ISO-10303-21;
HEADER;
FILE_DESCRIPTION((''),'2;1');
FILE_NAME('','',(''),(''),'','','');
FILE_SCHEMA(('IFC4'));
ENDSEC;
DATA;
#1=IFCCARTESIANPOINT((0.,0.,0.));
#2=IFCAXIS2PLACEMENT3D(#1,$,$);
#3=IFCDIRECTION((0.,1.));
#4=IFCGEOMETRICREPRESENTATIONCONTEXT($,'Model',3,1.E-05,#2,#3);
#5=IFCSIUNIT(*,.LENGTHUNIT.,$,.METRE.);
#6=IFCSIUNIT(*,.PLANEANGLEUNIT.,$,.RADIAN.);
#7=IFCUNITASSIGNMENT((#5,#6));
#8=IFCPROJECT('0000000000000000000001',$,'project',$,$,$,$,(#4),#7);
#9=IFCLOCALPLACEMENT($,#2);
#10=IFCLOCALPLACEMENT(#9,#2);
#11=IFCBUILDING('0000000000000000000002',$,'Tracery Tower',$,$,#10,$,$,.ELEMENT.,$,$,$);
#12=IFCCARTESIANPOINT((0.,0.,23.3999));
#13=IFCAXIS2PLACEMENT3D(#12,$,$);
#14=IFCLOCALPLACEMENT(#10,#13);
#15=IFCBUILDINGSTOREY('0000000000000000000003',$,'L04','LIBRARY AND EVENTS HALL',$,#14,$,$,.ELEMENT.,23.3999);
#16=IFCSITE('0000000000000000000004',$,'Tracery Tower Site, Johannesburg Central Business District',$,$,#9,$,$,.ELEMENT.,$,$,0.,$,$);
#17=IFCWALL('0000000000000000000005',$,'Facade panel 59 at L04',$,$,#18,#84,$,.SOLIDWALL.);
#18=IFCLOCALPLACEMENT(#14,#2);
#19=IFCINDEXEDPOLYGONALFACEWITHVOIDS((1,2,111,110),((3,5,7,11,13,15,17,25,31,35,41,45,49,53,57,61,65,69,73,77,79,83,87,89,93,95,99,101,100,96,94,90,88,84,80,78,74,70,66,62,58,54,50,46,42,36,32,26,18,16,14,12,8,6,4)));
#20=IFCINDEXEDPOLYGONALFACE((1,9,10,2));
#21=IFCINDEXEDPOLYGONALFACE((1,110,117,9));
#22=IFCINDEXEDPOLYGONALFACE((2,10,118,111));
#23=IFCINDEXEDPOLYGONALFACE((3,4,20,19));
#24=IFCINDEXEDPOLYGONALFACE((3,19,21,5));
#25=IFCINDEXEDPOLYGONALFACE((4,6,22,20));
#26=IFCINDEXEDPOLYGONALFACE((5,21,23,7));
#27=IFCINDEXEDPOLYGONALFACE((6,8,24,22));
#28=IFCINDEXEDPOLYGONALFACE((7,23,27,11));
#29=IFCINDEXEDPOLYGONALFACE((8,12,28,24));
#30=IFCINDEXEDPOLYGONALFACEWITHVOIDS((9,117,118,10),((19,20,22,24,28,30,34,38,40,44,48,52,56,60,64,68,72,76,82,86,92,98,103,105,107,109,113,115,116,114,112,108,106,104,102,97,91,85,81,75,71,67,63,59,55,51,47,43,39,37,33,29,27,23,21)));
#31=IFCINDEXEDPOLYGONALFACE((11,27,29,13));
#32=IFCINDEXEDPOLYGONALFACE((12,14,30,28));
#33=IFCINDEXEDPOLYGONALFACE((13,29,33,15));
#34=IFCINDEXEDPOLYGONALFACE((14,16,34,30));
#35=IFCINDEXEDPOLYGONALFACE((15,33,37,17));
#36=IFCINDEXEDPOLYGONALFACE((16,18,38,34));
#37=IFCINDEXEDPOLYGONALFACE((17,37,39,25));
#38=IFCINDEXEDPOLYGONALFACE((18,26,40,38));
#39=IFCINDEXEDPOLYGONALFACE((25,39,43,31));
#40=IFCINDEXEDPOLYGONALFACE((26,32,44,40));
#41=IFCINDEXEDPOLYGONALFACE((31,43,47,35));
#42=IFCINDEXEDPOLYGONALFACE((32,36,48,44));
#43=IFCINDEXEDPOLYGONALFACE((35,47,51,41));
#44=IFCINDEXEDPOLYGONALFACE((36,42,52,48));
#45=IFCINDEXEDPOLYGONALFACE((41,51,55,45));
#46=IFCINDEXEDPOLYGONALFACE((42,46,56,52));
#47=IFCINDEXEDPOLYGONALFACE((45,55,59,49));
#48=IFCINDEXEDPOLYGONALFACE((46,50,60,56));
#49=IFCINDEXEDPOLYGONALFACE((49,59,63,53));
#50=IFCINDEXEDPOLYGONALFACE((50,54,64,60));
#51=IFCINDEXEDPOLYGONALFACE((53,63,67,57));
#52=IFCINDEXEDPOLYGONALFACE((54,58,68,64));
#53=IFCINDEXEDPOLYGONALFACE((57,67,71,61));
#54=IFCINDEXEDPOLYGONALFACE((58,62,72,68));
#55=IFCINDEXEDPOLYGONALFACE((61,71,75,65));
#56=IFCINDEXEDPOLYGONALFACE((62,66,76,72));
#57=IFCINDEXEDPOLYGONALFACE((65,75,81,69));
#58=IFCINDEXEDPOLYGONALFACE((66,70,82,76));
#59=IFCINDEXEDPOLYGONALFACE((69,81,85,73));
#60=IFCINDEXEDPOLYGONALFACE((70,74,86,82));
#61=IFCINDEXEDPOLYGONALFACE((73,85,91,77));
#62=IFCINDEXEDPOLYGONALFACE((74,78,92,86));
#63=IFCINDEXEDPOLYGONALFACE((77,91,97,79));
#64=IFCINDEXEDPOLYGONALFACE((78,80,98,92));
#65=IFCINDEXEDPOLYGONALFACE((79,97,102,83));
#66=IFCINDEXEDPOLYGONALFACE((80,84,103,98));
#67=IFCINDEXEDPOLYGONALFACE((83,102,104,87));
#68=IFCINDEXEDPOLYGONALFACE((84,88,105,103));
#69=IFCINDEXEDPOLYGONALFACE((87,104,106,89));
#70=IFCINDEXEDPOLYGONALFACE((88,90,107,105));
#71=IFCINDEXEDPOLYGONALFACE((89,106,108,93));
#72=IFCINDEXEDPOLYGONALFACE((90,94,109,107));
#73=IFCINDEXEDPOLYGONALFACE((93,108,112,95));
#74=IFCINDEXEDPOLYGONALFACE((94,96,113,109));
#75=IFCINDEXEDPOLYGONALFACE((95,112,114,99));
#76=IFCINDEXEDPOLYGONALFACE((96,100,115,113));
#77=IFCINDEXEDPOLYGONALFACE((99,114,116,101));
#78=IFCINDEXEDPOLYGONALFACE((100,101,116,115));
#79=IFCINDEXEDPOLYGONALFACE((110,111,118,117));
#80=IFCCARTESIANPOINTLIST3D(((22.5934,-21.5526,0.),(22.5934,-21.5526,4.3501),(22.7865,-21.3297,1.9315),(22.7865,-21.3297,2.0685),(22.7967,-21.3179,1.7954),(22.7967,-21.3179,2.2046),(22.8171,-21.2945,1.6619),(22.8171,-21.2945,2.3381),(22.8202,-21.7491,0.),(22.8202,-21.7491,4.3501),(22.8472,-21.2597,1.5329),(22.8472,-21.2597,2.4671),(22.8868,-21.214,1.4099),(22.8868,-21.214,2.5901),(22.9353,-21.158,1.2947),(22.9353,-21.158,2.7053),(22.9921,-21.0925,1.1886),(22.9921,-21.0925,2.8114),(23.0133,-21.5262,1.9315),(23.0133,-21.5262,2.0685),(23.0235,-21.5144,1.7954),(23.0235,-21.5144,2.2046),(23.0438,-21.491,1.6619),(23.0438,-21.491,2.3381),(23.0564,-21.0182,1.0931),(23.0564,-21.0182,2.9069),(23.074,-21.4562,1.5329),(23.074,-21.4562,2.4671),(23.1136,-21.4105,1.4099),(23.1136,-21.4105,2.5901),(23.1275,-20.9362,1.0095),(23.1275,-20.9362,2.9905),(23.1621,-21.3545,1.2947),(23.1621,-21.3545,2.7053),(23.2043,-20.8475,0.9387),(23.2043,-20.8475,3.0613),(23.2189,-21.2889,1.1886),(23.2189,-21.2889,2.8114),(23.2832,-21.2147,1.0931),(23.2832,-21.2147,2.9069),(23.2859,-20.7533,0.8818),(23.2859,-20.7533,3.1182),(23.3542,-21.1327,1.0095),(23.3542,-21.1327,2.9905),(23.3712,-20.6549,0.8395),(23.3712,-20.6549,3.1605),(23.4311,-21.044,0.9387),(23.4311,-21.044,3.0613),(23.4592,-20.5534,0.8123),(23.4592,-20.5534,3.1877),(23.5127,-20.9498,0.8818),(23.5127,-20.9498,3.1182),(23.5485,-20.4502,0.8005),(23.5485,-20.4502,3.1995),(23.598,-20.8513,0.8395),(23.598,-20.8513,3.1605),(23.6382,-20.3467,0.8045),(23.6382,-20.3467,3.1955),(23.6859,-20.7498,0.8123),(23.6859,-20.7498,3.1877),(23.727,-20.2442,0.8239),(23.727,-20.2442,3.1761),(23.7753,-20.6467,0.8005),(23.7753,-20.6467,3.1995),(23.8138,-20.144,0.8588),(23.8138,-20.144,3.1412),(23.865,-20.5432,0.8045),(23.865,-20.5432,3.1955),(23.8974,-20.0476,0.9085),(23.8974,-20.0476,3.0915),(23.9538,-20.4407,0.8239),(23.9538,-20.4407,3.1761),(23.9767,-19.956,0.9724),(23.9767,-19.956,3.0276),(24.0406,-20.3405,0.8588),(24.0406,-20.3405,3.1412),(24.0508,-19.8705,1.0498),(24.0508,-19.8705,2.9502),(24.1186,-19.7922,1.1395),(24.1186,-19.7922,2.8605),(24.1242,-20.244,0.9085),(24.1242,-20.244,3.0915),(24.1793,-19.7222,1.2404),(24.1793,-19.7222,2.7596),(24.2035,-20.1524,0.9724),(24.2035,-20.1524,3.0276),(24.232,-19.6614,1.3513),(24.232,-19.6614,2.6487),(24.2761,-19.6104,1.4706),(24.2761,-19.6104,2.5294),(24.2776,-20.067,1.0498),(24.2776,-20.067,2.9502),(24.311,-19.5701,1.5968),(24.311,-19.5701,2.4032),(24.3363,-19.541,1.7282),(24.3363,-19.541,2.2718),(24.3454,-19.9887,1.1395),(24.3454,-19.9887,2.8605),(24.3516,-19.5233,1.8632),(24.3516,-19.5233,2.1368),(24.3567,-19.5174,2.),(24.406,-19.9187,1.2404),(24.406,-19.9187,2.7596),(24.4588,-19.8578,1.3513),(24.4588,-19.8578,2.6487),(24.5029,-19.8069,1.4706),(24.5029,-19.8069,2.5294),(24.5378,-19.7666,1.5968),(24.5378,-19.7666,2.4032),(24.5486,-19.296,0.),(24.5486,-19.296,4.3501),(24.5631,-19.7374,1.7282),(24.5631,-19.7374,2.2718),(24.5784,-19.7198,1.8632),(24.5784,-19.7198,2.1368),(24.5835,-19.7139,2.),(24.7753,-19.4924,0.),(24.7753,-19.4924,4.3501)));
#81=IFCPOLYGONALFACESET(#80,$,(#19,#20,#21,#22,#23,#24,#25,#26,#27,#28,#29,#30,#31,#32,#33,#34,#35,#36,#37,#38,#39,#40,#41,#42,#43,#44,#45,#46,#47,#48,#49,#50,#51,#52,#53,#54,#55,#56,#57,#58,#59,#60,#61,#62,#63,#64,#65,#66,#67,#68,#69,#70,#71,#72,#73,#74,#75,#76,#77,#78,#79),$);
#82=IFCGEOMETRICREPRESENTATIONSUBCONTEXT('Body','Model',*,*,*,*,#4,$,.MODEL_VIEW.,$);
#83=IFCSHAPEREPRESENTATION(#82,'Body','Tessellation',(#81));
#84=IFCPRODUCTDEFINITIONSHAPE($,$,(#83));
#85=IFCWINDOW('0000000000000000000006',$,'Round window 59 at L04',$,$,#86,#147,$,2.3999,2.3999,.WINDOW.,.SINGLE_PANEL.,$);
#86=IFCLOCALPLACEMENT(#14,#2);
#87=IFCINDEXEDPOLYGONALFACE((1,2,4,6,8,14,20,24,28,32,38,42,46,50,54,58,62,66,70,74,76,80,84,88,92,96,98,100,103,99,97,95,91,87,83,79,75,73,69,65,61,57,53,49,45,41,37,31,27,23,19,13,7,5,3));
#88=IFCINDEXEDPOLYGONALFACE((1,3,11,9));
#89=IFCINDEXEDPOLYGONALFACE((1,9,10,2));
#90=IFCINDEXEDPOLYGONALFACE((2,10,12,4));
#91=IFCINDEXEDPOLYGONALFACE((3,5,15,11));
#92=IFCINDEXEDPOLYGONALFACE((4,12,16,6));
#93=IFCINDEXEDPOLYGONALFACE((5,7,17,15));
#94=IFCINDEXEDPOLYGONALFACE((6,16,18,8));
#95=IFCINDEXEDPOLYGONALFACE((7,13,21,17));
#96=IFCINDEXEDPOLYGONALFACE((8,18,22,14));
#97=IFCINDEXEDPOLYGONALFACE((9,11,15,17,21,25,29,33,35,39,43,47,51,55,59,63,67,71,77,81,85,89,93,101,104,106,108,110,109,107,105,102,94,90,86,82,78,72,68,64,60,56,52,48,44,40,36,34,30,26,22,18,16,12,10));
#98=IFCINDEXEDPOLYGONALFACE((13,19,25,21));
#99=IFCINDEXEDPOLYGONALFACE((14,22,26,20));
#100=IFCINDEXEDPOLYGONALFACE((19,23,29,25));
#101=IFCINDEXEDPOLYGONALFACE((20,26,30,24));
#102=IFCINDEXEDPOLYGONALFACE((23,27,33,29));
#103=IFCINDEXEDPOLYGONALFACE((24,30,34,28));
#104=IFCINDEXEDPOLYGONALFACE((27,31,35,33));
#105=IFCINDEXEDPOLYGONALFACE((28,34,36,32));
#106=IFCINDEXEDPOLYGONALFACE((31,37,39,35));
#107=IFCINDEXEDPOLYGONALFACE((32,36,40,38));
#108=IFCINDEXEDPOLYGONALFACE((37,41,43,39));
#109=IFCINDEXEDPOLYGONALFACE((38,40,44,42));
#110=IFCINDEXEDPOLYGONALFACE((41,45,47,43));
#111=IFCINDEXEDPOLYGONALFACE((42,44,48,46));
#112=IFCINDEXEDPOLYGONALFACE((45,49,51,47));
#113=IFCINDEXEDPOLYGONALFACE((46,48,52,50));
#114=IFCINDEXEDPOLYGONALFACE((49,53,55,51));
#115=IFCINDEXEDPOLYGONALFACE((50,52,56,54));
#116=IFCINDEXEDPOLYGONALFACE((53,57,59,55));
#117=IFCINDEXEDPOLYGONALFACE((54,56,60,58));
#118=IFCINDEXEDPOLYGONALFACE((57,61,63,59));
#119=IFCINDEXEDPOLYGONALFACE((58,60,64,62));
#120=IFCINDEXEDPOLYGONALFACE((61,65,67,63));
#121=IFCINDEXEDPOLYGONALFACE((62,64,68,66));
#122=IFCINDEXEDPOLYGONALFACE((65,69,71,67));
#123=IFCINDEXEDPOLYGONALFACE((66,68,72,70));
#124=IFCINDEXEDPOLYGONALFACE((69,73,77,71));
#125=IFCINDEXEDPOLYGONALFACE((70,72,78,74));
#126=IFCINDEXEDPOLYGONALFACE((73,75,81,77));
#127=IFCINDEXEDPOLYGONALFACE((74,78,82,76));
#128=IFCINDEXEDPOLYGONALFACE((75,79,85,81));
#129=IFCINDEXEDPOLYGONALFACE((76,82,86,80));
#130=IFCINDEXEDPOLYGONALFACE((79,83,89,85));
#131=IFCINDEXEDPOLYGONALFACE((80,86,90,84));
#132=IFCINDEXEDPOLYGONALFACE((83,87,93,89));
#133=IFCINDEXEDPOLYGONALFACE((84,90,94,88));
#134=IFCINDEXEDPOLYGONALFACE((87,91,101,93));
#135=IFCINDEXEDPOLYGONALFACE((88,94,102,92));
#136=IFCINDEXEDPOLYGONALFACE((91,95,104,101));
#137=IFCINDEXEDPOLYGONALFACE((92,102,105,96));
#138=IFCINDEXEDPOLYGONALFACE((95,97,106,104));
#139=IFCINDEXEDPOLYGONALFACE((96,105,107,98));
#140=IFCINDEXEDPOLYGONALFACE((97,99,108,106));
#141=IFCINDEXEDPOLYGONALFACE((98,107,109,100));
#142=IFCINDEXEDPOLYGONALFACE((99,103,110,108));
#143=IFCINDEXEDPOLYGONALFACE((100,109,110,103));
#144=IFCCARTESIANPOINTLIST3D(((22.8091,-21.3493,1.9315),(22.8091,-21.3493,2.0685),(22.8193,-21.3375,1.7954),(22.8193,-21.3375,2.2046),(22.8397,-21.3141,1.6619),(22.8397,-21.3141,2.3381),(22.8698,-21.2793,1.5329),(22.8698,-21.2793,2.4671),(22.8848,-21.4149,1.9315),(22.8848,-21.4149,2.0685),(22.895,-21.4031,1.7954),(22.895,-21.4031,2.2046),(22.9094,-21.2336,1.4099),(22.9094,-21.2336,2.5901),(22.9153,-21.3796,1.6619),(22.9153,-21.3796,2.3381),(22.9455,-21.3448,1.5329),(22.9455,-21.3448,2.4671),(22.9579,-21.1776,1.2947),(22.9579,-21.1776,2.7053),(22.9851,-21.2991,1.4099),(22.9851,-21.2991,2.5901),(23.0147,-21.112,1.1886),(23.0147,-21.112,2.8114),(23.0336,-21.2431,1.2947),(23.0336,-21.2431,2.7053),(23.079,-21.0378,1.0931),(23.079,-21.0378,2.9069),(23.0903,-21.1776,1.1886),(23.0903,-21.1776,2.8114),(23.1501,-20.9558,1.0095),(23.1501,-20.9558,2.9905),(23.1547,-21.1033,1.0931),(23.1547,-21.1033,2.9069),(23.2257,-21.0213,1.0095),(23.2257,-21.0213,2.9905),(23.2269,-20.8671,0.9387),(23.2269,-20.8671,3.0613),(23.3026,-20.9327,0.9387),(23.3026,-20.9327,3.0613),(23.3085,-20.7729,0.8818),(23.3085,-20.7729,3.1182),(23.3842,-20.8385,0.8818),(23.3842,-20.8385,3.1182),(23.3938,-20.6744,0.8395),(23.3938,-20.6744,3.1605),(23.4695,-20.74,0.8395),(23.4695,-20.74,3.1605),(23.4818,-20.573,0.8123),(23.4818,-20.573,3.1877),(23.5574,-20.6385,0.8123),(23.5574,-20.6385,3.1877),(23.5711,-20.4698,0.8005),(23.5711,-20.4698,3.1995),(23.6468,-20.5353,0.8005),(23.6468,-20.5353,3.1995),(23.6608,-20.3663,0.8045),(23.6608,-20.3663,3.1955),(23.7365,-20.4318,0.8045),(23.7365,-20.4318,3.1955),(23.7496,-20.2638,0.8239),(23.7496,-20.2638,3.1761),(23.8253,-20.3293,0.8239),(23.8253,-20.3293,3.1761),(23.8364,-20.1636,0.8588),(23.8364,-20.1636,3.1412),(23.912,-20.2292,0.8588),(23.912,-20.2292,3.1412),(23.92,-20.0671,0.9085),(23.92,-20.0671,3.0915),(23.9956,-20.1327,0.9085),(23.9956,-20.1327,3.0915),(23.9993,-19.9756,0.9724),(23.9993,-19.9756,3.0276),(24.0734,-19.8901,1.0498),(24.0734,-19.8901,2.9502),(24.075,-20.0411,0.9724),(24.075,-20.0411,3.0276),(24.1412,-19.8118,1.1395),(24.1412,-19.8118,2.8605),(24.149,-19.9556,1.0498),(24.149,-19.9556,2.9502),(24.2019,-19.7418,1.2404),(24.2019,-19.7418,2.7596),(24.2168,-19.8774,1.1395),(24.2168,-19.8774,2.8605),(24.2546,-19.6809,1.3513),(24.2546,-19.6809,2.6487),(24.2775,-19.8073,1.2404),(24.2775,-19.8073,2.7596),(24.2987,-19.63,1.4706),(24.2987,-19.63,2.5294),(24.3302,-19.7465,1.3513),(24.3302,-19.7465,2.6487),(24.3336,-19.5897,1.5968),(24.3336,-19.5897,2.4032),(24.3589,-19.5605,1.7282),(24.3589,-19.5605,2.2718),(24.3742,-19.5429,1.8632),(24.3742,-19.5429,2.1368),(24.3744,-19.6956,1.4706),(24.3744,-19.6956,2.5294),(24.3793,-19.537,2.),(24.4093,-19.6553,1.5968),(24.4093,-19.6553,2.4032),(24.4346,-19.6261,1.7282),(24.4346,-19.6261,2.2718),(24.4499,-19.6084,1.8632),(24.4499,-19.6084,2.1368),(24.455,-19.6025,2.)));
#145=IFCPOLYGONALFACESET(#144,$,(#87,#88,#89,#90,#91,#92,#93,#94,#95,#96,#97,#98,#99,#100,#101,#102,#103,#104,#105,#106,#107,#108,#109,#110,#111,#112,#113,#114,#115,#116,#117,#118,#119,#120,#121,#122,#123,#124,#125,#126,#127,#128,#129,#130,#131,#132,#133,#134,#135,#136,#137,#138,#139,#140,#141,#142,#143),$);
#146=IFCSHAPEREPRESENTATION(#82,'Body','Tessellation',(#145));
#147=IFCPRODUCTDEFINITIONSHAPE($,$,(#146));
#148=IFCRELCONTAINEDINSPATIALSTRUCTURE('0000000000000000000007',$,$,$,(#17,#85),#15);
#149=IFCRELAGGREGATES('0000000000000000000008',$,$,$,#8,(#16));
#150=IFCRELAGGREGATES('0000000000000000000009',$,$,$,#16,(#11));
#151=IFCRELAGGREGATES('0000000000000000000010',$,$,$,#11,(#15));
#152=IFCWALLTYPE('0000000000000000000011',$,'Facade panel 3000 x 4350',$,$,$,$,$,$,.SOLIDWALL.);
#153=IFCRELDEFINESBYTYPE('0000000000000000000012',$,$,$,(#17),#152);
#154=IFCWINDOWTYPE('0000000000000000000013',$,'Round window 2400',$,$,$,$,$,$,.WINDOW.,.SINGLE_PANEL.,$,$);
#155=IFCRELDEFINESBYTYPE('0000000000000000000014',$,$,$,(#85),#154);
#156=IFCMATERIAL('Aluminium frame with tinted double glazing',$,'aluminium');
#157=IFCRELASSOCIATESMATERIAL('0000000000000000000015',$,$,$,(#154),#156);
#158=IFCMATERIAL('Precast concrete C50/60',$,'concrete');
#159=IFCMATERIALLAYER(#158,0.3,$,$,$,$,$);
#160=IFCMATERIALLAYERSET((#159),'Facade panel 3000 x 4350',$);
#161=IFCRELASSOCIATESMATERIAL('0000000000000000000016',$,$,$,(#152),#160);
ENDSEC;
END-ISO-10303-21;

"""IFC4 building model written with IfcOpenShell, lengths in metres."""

from ifc_helpers import new_model, si_unit, direction, frame, frame_2d, origin, origin_2d, place, context, subcontext, project, spatial, rectangle, circle, extrude, material, layer, layer_set, type_object, element, fill, save


model = new_model("IFC4")

# Units and contexts
model_context = context("Model", 3, precision=1e-05, world=origin(), true_north=direction((0.0, 1.0)))
body_context = subcontext(model_context, "Body", "Model", "MODEL_VIEW")
ifc_project = project(units=[si_unit("LENGTHUNIT", "METRE"), si_unit("PLANEANGLEUNIT", "RADIAN")], contexts=[model_context])

# Site, building, storey
site_placement = place(None, origin())
site = spatial("IfcSite", under=ifc_project, at=site_placement, Name="Tracery Tower Site, Johannesburg Central Business District", CompositionType="ELEMENT", RefElevation=0.0)
building_placement = place(site_placement, origin())
building = spatial("IfcBuilding", under=site, at=building_placement, Name="Tracery Tower", CompositionType="ELEMENT")
storey_placement = place(building_placement, frame((0.0, 0.0, 23.3999)))
storey = spatial("IfcBuildingStorey", under=building, at=storey_placement, Name="L04", Description="LIBRARY AND EVENTS HALL", CompositionType="ELEMENT", Elevation=23.3999)

# Wall, opening, window
ifc_material_1 = material(Name="Aluminium frame with tinted double glazing", Category="aluminium")
window_type = type_object("IfcWindowType", Name="Round window 2400", PartitioningType="SINGLE_PANEL", PredefinedType="WINDOW", material=ifc_material_1)
ifc_material_2 = material(Name="Precast concrete C50/60", Category="concrete")
ifc_layer_1 = layer(ifc_material_2, 0.3)
ifc_layer_set_1 = layer_set([ifc_layer_1], Name="Facade panel 3000 x 4350")
wall_type_1 = type_object("IfcWallType", Name="Facade panel 3000 x 4350", PredefinedType="SOLIDWALL", material=ifc_layer_set_1)
wall_1_placement = place(storey_placement, frame((22.7068, -21.6509, 0.0), z_axis=(0.0, 0.0, 1.0), x_axis=(0.654809, 0.755794, 0.0)))
wall_1 = element("IfcWall", 1, at=wall_1_placement, inside=storey, type_object=wall_type_1, Name="Facade panel 59 at L04", PredefinedType="SOLIDWALL", context=body_context, shape_type="SweptSolid", body=[
    extrude(rectangle(XDim=2.9858, YDim=0.3, at=frame_2d((1.4929, 0.0))), origin(), (0.0, 0.0, 1.0), 4.3501),
])
opening_1_placement = place(wall_1_placement, frame((1.4929, 0.0, 2.0)))
opening_1 = element("IfcOpeningElement", 2, at=opening_1_placement, cuts=wall_1, PredefinedType="OPENING", context=body_context, shape_type="SweptSolid", body=[
    extrude(circle(Radius=1.2, at=origin_2d()), frame((0.0, 0.1599, 0.0), z_axis=(0.0, -1.0, 0.0), x_axis=(1.0, 0.0, 0.0)), (0.0, 0.0, 1.0), 0.3201),
])
window_1_placement = place(opening_1_placement, origin())
window_1 = element("IfcWindow", 3, at=window_1_placement, inside=storey, type_object=window_type, Name="Round window 59 at L04", OverallHeight=2.3999, OverallWidth=2.3999, PartitioningType="SINGLE_PANEL", PredefinedType="WINDOW", context=body_context, shape_type="SweptSolid", body=[
    extrude(circle(Radius=1.2, at=origin_2d()), frame((0.0, 0.1201, 0.0), z_axis=(0.0, -1.0, 0.0), x_axis=(1.0, 0.0, 0.0)), (0.0, 0.0, 1.0), 0.1001),
])
fill(opening_1, window_1)

save(model, "model.ifc")
